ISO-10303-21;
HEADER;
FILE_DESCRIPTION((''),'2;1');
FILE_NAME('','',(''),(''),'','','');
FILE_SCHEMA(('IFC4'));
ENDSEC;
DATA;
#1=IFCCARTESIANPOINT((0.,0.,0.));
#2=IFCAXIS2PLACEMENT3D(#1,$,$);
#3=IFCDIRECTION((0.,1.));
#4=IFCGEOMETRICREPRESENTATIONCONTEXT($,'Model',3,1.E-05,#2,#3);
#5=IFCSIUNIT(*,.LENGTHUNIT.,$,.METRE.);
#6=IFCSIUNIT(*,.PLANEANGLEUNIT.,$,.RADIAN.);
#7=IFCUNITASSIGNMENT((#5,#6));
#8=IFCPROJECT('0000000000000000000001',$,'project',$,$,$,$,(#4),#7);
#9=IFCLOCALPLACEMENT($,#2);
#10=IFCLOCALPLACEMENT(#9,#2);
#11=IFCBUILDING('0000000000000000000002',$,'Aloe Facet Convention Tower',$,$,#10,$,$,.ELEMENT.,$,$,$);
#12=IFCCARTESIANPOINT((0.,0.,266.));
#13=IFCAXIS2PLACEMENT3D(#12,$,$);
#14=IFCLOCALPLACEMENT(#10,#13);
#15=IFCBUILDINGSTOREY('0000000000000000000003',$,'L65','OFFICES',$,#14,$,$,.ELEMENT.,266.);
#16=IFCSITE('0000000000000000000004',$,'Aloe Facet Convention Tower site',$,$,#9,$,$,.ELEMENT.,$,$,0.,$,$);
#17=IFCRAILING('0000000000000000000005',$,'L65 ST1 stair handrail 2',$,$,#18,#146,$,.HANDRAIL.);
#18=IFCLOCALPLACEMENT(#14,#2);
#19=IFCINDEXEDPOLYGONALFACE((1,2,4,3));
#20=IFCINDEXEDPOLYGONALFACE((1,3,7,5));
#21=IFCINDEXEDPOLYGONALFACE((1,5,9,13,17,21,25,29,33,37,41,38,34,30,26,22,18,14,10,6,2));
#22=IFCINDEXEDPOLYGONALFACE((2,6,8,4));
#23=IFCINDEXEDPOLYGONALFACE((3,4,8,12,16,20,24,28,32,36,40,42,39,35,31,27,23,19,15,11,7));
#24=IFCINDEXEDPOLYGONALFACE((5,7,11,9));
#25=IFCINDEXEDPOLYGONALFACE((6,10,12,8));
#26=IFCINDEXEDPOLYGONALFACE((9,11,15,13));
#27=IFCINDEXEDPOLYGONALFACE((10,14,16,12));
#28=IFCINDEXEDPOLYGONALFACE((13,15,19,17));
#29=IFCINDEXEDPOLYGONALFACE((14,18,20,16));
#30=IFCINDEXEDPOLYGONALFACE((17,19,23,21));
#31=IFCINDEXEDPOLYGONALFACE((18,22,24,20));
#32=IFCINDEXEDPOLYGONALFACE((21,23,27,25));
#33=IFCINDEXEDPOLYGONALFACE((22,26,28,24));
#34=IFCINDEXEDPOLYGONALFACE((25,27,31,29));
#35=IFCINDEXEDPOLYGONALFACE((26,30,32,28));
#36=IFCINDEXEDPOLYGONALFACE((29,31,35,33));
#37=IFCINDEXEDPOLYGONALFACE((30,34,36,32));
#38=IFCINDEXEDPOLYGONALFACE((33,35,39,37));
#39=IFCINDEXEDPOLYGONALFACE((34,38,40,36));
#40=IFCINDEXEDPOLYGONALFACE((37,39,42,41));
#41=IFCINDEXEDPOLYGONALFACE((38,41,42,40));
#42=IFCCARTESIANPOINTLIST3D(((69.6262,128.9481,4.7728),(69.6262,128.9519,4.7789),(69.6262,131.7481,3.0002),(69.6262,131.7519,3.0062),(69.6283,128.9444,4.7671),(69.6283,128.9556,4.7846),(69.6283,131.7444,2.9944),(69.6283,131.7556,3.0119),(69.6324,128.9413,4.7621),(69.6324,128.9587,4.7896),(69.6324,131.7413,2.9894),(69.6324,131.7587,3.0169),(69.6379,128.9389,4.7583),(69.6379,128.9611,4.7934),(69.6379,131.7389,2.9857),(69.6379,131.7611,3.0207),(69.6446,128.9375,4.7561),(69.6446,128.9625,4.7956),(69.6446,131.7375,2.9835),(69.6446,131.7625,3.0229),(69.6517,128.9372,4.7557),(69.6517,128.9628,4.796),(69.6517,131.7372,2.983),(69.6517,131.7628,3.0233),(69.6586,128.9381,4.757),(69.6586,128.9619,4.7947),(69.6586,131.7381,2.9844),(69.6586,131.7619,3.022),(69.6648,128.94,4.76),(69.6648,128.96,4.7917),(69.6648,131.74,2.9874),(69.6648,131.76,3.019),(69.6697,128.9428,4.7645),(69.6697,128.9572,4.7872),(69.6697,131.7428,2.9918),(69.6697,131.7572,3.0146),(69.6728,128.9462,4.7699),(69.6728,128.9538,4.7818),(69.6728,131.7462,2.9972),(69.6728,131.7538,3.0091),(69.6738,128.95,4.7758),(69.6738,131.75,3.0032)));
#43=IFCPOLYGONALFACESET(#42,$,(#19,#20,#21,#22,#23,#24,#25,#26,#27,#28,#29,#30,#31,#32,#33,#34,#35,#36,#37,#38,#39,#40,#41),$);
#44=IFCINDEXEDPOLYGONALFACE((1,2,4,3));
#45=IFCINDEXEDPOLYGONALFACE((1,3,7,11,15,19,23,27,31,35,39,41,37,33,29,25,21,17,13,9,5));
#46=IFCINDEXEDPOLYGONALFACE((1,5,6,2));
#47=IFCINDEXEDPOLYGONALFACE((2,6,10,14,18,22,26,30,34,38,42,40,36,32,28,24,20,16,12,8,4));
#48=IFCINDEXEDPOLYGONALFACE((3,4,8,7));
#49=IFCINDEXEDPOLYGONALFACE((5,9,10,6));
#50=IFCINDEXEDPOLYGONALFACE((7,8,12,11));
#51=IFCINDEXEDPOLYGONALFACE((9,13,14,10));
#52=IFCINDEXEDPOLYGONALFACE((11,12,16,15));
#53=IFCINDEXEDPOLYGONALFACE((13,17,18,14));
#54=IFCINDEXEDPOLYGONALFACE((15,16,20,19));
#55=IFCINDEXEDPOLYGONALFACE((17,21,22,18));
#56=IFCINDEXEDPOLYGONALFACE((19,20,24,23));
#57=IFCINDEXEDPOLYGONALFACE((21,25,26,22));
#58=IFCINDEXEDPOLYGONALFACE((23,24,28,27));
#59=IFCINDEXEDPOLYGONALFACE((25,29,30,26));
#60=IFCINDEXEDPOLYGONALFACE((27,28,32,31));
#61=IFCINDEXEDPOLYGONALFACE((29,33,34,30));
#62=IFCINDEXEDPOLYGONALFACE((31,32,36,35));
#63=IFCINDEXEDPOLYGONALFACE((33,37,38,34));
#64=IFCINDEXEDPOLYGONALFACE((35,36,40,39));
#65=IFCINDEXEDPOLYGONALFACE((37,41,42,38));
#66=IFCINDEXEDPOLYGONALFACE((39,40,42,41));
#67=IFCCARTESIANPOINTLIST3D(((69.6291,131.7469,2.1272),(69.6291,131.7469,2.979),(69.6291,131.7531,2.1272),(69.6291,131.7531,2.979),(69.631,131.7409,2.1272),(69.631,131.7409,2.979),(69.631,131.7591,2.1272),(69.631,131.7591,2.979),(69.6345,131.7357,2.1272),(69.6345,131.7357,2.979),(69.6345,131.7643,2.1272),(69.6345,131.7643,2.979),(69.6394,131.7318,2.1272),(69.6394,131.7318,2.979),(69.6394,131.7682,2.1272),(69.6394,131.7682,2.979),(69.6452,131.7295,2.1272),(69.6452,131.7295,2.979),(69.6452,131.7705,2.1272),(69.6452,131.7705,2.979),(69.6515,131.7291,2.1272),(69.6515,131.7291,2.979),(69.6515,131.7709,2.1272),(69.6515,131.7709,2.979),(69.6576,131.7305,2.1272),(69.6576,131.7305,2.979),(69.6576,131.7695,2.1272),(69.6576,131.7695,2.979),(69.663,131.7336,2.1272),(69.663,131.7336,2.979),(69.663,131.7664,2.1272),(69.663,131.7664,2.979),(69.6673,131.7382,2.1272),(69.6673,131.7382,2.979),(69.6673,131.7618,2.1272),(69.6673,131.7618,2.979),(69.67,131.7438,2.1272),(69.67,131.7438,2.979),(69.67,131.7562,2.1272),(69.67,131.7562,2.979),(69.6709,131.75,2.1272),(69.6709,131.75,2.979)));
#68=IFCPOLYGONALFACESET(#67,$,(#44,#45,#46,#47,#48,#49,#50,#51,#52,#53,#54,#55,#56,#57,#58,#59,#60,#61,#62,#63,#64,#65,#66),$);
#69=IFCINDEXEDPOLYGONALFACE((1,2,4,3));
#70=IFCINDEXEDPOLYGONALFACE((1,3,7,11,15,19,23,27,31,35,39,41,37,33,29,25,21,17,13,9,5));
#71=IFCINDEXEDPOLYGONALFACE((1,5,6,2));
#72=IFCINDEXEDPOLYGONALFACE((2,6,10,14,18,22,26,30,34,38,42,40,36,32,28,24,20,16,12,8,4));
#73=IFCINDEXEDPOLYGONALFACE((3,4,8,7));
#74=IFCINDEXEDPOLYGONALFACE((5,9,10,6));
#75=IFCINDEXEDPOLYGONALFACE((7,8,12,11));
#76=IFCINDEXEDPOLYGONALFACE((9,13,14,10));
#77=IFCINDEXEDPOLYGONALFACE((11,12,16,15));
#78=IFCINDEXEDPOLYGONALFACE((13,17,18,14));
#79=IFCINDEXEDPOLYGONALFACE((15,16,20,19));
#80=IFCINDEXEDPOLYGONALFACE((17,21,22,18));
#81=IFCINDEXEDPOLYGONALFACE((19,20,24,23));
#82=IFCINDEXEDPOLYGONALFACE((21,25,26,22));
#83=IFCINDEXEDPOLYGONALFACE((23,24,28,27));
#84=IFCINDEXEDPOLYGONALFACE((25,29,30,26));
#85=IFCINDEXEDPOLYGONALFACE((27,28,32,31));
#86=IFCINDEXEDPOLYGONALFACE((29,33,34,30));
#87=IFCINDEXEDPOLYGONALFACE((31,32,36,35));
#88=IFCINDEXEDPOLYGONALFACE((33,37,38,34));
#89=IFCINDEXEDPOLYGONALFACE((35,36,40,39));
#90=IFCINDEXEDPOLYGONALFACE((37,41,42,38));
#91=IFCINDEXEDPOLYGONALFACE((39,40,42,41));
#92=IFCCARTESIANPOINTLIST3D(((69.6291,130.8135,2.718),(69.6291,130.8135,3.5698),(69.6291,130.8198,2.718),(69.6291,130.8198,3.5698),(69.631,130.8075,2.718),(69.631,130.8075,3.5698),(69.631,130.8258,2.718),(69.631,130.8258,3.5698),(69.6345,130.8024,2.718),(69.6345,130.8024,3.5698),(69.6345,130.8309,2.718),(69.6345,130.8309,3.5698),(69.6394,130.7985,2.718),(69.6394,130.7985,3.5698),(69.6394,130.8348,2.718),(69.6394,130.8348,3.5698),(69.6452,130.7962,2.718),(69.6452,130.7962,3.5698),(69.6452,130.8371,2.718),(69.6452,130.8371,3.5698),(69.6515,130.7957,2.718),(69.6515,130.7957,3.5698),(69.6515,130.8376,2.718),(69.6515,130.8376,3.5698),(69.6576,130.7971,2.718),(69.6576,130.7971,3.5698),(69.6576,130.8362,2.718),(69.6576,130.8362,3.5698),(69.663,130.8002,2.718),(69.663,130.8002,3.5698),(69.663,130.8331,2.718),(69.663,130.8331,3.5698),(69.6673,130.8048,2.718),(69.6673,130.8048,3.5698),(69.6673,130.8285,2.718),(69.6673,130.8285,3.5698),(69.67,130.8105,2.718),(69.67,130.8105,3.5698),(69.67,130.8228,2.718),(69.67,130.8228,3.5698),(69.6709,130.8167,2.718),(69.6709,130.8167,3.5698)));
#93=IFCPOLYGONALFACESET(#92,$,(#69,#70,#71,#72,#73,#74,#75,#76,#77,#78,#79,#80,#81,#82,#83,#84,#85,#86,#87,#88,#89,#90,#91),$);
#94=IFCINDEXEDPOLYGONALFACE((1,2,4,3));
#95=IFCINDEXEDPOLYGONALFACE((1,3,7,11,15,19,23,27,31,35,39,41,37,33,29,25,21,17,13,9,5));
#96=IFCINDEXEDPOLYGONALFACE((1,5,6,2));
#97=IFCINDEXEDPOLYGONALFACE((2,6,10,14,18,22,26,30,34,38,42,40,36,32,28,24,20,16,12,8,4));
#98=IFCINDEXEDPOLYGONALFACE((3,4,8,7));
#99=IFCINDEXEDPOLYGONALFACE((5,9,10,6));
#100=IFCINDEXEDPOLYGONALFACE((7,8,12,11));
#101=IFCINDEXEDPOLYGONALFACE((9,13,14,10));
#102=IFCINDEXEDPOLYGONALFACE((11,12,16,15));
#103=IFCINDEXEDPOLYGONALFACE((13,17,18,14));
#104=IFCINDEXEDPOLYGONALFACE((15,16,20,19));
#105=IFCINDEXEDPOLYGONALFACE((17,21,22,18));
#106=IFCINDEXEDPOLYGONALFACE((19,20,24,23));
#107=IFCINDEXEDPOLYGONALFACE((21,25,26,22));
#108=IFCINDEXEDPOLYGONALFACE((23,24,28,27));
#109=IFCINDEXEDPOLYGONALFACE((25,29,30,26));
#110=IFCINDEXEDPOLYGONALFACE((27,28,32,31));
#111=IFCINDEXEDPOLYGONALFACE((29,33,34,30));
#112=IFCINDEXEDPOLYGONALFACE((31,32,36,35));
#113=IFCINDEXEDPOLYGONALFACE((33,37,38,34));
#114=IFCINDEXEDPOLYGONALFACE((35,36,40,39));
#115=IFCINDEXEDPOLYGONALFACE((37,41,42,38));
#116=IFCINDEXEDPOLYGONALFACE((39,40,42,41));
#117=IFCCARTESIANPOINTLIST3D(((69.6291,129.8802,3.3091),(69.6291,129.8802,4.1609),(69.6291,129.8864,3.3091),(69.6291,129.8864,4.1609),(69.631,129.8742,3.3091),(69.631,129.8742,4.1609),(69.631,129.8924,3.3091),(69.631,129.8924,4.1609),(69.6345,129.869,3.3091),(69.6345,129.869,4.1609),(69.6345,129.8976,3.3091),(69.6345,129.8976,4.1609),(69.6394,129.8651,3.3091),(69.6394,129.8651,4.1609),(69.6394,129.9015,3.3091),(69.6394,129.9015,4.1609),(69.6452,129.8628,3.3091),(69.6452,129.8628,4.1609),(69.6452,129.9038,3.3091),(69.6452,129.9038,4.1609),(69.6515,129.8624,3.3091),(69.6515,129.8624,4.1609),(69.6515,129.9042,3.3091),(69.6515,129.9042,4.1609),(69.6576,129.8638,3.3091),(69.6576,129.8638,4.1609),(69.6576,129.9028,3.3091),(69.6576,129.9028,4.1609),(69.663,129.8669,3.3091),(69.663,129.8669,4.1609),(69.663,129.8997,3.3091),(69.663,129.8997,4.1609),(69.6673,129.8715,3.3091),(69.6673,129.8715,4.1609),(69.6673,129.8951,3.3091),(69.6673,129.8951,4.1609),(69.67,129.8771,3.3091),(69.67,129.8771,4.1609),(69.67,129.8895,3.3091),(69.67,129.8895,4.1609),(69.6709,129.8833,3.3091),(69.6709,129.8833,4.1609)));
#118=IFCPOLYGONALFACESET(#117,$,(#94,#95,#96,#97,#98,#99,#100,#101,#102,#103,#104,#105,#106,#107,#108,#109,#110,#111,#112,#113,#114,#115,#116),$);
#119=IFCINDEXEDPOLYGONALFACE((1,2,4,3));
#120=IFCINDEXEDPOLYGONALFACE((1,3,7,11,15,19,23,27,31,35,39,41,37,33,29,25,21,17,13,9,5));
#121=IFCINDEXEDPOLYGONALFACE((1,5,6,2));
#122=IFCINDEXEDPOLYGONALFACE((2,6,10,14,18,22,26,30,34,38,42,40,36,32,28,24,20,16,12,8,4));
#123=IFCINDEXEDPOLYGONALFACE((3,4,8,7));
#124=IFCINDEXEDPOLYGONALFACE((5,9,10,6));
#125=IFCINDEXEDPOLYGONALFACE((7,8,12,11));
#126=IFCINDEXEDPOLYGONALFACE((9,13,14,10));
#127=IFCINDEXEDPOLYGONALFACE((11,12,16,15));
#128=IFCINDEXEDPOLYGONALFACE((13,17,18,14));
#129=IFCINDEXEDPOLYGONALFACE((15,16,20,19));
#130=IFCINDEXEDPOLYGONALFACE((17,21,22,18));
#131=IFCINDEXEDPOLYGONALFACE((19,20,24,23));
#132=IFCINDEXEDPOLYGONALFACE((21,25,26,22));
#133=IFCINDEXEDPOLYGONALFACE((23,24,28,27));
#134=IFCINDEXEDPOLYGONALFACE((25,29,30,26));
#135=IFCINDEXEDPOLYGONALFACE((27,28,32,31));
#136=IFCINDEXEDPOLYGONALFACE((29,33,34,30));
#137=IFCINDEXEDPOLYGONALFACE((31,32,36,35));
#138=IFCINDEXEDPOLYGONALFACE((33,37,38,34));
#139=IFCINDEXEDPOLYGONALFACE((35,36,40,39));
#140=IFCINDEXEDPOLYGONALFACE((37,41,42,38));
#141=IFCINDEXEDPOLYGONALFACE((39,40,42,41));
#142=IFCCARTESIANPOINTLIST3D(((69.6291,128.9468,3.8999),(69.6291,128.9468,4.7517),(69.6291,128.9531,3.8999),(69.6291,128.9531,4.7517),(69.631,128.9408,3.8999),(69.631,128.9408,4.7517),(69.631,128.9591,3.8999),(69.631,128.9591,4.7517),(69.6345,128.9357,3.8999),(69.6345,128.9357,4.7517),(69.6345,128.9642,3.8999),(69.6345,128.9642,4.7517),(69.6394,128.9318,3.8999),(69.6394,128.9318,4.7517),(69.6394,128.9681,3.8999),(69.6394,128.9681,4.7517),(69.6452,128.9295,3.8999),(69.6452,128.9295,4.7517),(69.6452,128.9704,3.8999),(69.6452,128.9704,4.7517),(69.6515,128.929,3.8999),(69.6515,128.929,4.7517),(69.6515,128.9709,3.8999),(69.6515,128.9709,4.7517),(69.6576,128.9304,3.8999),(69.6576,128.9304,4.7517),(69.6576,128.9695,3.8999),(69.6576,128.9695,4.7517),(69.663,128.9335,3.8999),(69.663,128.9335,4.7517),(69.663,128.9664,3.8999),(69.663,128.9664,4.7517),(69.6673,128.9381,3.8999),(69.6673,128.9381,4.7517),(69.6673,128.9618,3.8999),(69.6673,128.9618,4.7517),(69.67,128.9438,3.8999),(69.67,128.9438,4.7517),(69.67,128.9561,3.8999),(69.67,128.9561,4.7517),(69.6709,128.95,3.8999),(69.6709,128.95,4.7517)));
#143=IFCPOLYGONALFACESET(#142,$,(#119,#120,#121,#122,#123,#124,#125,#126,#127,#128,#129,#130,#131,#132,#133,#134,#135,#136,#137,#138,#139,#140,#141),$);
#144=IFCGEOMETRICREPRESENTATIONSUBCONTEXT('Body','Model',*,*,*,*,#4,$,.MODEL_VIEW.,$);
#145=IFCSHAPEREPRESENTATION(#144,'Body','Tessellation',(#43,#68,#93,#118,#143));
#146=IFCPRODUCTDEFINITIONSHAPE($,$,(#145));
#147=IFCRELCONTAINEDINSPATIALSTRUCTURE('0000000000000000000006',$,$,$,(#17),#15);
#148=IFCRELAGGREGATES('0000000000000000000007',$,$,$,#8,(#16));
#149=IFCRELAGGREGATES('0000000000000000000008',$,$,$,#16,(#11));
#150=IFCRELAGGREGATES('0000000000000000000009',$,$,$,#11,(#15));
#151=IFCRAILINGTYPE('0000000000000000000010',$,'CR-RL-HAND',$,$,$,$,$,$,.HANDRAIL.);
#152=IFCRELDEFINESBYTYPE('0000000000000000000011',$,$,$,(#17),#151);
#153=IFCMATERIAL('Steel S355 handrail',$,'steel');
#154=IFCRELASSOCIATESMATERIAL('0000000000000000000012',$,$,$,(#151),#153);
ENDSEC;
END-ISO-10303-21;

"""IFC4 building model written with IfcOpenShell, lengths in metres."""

from ifc_helpers import new_model, si_unit, direction, frame, origin, origin_2d, place, context, subcontext, project, spatial, circle, extrude, material, type_object, element, save


model = new_model("IFC4")

# Units and contexts
model_context = context("Model", 3, precision=1e-05, world=origin(), true_north=direction((0.0, 1.0)))
body_context = subcontext(model_context, "Body", "Model", "MODEL_VIEW")
ifc_project = project(units=[si_unit("LENGTHUNIT", "METRE"), si_unit("PLANEANGLEUNIT", "RADIAN")], contexts=[model_context])

# Site, building, storey
site_placement = place(None, origin())
site = spatial("IfcSite", under=ifc_project, at=site_placement, Name="Aloe Facet Convention Tower site", CompositionType="ELEMENT", RefElevation=0.0)
building_placement = place(site_placement, origin())
building = spatial("IfcBuilding", under=site, at=building_placement, Name="Aloe Facet Convention Tower", CompositionType="ELEMENT")
storey_placement = place(building_placement, frame((0.0, 0.0, 266.0)))
storey = spatial("IfcBuildingStorey", under=building, at=storey_placement, Name="L65", Description="OFFICES", CompositionType="ELEMENT", Elevation=266.0)

# Railing
ifc_material_1 = material(Name="Steel S355 handrail", Category="steel")
railing_type_1 = type_object("IfcRailingType", Name="CR-RL-HAND", PredefinedType="HANDRAIL", material=ifc_material_1)
railing_1_placement = place(storey_placement, frame((69.6499, 131.75, 2.1272)))
element("IfcRailing", 1, at=railing_1_placement, inside=storey, type_object=railing_type_1, Name="L65 ST1 stair handrail 2", PredefinedType="HANDRAIL", context=body_context, shape_type="SweptSolid", body=[
    extrude(circle(Radius=0.0239, at=origin_2d()), frame((0.0, 0.0, 0.876), z_axis=(0.0, -0.844909, 0.53491), x_axis=(1.0, 0.0, 0.0)), (0.0, 0.0, 1.0), 3.314),
    extrude(circle(Radius=0.021, at=origin_2d()), origin(), (0.0, 0.0, 1.0), 0.8518),
    extrude(circle(Radius=0.021, at=origin_2d()), frame((0.0, -0.9333, 0.5908)), (0.0, 0.0, 1.0), 0.8518),
    extrude(circle(Radius=0.021, at=origin_2d()), frame((0.0, -1.8667, 1.1819)), (0.0, 0.0, 1.0), 0.8518),
    extrude(circle(Radius=0.021, at=origin_2d()), frame((0.0, -2.8, 1.7727)), (0.0, 0.0, 1.0), 0.8518),
])

save(model, "model.ifc")
